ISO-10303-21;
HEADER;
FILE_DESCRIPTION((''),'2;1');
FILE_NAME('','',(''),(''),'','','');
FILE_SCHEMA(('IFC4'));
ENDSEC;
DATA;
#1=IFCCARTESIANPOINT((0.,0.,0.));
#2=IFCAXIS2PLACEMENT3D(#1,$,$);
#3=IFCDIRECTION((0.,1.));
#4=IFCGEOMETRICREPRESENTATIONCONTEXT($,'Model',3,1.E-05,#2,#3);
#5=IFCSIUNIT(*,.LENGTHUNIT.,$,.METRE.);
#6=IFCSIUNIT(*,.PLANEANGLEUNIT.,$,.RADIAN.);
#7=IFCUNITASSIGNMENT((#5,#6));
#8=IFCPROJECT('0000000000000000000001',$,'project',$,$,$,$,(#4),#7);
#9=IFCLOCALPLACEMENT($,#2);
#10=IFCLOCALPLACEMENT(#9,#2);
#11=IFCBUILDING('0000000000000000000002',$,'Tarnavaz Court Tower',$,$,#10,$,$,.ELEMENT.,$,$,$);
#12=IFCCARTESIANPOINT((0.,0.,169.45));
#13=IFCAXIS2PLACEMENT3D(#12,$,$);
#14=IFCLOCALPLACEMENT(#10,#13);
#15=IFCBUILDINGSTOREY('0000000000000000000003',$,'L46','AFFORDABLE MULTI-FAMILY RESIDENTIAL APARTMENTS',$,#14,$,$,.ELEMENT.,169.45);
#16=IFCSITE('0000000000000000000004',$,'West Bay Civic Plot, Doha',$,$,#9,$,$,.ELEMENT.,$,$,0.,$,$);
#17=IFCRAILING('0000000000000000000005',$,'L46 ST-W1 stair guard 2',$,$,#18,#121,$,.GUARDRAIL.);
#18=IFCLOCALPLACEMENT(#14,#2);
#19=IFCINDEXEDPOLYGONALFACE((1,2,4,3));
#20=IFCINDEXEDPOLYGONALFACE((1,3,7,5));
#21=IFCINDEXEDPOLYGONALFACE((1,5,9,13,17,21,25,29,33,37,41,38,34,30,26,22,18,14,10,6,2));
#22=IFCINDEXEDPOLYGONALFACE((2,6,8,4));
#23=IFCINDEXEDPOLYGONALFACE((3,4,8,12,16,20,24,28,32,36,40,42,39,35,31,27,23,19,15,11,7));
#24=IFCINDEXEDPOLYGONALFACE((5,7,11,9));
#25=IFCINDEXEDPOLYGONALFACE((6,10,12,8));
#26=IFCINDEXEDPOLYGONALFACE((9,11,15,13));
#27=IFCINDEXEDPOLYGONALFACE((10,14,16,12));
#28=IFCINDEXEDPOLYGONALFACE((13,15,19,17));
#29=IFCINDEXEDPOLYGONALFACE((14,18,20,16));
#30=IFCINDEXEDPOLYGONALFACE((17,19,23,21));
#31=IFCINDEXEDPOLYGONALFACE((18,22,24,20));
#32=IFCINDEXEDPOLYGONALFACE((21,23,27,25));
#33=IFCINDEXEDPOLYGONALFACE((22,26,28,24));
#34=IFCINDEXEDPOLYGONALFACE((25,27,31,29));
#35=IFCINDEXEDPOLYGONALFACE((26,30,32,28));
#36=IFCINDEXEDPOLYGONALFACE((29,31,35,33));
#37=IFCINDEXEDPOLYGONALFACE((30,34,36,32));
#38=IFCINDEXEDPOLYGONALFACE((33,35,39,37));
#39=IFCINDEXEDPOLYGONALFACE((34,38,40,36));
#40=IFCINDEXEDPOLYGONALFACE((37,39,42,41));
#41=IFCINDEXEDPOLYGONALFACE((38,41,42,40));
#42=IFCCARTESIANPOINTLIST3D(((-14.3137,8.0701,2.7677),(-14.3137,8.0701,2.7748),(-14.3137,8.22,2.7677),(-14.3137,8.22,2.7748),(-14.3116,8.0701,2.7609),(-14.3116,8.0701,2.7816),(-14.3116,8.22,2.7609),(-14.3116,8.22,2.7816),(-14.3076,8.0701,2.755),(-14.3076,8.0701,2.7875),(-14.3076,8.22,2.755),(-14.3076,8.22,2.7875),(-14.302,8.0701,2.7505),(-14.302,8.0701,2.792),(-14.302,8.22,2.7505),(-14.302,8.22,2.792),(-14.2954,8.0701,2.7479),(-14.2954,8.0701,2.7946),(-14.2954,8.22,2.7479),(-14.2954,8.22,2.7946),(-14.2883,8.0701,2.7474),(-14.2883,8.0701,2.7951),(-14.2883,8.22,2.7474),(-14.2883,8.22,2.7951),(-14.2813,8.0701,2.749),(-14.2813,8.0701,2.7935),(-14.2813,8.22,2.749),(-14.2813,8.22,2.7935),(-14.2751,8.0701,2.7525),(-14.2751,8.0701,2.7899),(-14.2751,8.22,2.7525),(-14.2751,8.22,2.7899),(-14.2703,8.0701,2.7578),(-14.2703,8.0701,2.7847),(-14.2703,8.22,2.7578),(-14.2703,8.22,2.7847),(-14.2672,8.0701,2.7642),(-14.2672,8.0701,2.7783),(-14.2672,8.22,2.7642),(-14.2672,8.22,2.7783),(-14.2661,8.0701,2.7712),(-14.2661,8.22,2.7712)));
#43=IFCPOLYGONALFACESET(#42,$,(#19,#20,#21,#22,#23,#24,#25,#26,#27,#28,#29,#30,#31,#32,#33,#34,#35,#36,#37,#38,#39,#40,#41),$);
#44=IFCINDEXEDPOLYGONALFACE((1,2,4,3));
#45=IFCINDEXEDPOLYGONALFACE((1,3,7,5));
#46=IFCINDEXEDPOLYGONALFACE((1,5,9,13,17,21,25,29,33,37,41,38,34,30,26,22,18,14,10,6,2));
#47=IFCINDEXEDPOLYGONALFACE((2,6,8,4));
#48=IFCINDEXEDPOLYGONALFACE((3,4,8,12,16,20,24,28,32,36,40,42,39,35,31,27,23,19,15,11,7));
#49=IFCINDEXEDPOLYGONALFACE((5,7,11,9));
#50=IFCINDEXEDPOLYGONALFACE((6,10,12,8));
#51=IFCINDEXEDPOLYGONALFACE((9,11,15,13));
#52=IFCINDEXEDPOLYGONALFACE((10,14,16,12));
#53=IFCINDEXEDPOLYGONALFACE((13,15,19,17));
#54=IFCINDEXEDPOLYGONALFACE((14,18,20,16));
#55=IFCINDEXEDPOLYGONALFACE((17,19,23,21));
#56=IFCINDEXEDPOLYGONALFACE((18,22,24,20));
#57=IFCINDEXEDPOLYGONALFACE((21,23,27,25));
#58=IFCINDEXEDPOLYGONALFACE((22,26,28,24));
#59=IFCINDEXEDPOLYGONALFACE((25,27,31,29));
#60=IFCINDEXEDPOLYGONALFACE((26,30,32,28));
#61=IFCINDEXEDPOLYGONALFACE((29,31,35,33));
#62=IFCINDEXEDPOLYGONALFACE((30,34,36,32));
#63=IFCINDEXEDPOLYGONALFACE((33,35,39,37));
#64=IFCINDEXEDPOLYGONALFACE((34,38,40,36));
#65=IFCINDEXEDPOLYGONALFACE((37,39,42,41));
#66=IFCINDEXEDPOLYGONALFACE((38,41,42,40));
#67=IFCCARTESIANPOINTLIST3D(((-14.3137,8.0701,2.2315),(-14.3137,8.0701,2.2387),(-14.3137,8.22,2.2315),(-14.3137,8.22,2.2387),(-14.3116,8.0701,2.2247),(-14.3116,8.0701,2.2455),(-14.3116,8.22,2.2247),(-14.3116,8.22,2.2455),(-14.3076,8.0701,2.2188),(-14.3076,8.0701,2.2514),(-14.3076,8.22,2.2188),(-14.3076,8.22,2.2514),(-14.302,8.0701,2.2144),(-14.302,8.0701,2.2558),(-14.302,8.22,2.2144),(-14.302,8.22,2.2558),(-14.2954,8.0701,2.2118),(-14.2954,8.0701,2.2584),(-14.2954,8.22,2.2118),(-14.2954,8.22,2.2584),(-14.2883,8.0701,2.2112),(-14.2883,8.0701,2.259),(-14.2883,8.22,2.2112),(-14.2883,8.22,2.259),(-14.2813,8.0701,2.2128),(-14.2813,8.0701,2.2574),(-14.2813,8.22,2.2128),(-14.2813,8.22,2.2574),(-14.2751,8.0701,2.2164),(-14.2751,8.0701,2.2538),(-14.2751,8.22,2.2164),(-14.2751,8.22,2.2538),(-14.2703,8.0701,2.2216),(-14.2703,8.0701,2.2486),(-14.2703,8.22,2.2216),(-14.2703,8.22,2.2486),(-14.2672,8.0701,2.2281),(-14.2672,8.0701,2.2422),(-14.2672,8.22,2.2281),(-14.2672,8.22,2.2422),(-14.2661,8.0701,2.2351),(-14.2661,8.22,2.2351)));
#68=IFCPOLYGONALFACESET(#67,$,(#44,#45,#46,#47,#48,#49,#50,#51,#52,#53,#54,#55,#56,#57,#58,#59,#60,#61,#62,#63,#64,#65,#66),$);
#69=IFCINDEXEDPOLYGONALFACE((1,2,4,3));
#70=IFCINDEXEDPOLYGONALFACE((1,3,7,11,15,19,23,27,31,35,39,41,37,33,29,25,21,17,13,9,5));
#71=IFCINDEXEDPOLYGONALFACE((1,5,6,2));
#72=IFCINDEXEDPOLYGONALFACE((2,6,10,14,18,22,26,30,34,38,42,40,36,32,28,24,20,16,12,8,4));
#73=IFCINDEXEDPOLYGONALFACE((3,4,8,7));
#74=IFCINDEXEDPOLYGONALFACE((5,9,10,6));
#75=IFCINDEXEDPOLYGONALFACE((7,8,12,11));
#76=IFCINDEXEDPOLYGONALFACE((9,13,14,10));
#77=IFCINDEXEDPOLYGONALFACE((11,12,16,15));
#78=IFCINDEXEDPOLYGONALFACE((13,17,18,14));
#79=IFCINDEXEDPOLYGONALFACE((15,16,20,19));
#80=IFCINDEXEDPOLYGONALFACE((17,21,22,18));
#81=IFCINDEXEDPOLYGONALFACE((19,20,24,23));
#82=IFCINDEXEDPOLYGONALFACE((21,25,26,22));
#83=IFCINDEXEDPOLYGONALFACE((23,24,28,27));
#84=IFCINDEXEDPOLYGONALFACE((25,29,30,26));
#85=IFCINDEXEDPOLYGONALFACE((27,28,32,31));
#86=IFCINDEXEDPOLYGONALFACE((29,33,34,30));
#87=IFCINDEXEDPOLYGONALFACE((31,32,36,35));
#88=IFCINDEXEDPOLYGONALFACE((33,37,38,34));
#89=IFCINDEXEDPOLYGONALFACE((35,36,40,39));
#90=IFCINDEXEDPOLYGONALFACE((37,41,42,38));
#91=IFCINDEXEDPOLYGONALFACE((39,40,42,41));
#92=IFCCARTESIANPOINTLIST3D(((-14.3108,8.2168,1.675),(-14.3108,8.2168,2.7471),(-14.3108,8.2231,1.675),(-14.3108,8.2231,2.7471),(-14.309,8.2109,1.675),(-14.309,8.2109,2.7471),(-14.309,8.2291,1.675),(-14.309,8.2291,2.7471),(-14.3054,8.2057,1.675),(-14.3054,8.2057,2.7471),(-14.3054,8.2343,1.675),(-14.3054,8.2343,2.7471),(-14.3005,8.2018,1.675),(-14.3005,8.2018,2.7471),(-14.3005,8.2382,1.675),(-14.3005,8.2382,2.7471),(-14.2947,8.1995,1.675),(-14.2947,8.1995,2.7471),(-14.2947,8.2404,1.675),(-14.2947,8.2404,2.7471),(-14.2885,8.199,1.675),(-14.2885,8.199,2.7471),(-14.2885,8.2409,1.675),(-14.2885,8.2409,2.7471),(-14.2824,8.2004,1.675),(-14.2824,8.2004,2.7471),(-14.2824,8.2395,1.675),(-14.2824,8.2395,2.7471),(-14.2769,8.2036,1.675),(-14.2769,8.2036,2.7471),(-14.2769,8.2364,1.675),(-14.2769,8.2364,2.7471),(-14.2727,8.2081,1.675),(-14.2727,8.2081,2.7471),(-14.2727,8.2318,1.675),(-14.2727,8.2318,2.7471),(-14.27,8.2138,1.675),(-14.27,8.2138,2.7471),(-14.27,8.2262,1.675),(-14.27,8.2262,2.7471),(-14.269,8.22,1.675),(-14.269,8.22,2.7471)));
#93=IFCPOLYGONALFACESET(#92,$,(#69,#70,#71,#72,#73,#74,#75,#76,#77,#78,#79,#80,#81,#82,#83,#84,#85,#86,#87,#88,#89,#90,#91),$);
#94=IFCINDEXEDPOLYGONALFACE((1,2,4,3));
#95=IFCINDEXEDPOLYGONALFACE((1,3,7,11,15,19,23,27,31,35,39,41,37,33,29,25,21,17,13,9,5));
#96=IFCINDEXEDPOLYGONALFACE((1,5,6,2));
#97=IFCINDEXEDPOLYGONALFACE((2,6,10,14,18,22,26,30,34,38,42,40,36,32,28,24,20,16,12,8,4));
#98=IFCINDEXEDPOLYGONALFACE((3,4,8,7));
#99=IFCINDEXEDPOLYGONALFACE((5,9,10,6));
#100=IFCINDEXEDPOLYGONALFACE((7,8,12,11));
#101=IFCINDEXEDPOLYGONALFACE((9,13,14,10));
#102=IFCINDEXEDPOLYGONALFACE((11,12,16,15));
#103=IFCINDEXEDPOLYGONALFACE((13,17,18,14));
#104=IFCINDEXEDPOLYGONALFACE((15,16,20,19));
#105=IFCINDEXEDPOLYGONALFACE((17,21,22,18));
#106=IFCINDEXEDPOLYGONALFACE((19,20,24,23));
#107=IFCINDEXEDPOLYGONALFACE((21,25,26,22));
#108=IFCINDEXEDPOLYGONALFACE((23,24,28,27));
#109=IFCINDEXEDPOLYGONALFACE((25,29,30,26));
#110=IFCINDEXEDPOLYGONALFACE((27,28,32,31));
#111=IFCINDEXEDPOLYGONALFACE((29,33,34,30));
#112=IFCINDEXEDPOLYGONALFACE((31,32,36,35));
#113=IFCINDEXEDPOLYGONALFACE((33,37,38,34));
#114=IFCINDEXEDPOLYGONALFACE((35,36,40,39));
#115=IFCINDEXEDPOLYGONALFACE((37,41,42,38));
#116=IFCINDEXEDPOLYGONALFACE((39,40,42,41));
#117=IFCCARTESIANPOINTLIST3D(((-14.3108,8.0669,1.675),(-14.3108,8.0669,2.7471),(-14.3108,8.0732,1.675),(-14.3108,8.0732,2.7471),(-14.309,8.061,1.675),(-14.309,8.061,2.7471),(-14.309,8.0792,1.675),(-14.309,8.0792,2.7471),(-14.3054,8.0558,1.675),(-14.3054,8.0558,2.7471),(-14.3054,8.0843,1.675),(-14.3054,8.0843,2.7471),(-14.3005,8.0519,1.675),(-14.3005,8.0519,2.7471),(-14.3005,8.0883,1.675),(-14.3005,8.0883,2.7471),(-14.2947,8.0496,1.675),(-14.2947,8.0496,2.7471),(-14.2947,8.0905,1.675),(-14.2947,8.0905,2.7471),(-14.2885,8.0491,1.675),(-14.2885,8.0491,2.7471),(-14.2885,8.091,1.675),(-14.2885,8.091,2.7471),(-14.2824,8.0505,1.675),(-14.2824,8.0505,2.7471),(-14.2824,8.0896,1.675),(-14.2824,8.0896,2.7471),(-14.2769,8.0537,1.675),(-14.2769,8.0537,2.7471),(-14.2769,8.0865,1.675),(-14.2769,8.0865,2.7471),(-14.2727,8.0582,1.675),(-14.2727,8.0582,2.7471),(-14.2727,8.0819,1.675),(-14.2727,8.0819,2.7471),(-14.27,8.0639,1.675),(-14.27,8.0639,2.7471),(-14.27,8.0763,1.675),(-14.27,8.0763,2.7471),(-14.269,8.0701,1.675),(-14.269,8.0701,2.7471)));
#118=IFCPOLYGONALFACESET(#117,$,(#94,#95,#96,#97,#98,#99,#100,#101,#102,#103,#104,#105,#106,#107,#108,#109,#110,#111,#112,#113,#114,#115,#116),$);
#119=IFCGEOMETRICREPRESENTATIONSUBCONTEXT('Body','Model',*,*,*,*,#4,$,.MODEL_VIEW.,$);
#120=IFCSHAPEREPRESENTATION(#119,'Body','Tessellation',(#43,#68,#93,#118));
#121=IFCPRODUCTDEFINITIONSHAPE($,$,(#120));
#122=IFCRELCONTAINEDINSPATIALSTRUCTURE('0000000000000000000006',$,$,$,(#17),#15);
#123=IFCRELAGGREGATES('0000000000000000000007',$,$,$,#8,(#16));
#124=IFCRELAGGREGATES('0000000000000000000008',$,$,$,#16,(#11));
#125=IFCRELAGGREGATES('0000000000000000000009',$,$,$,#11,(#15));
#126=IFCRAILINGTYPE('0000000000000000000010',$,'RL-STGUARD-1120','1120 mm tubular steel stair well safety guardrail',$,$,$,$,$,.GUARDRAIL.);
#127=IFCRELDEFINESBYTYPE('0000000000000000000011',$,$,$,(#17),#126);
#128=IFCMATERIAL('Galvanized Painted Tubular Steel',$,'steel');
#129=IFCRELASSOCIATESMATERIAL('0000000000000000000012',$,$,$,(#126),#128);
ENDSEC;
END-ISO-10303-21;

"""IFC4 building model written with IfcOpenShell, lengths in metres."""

from ifc_helpers import new_model, si_unit, direction, frame, origin, origin_2d, place, context, subcontext, project, spatial, circle, extrude, material, type_object, element, save


model = new_model("IFC4")

# Units and contexts
model_context = context("Model", 3, precision=1e-05, world=origin(), true_north=direction((0.0, 1.0)))
body_context = subcontext(model_context, "Body", "Model", "MODEL_VIEW")
ifc_project = project(units=[si_unit("LENGTHUNIT", "METRE"), si_unit("PLANEANGLEUNIT", "RADIAN")], contexts=[model_context])

# Site, building, storey
site_placement = place(None, origin())
site = spatial("IfcSite", under=ifc_project, at=site_placement, Name="West Bay Civic Plot, Doha", CompositionType="ELEMENT", RefElevation=0.0)
building_placement = place(site_placement, origin())
building = spatial("IfcBuilding", under=site, at=building_placement, Name="Tarnavaz Court Tower", CompositionType="ELEMENT")
storey_placement = place(building_placement, frame((0.0, 0.0, 169.45)))
storey = spatial("IfcBuildingStorey", under=building, at=storey_placement, Name="L46", Description="AFFORDABLE MULTI-FAMILY RESIDENTIAL APARTMENTS", CompositionType="ELEMENT", Elevation=169.45)

# Railing
ifc_material_1 = material(Name="Galvanized Painted Tubular Steel", Category="steel")
railing_type_1 = type_object("IfcRailingType", Name="RL-STGUARD-1120", Description="1120 mm tubular steel stair well safety guardrail", PredefinedType="GUARDRAIL", material=ifc_material_1)
railing_1_placement = place(storey_placement, frame((-14.29, 8.22, 1.675)))
element("IfcRailing", 1, at=railing_1_placement, inside=storey, type_object=railing_type_1, Name="L46 ST-W1 stair guard 2", PredefinedType="GUARDRAIL", context=body_context, shape_type="SweptSolid", body=[
    extrude(circle(Radius=0.0239, at=origin_2d()), frame((0.0, 0.0, 1.0962), z_axis=(0.0, -1.0, 0.0), x_axis=(1.0, 0.0, 0.0)), (0.0, 0.0, 1.0), 0.1499),
    extrude(circle(Radius=0.0239, at=origin_2d()), frame((0.0, 0.0, 0.5601), z_axis=(0.0, -1.0, 0.0), x_axis=(1.0, 0.0, 0.0)), (0.0, 0.0, 1.0), 0.1499),
    extrude(circle(Radius=0.021, at=origin_2d()), origin(), (0.0, 0.0, 1.0), 1.072),
    extrude(circle(Radius=0.021, at=origin_2d()), frame((0.0, -0.1499, 0.0)), (0.0, 0.0, 1.0), 1.072),
])

save(model, "model.ifc")
